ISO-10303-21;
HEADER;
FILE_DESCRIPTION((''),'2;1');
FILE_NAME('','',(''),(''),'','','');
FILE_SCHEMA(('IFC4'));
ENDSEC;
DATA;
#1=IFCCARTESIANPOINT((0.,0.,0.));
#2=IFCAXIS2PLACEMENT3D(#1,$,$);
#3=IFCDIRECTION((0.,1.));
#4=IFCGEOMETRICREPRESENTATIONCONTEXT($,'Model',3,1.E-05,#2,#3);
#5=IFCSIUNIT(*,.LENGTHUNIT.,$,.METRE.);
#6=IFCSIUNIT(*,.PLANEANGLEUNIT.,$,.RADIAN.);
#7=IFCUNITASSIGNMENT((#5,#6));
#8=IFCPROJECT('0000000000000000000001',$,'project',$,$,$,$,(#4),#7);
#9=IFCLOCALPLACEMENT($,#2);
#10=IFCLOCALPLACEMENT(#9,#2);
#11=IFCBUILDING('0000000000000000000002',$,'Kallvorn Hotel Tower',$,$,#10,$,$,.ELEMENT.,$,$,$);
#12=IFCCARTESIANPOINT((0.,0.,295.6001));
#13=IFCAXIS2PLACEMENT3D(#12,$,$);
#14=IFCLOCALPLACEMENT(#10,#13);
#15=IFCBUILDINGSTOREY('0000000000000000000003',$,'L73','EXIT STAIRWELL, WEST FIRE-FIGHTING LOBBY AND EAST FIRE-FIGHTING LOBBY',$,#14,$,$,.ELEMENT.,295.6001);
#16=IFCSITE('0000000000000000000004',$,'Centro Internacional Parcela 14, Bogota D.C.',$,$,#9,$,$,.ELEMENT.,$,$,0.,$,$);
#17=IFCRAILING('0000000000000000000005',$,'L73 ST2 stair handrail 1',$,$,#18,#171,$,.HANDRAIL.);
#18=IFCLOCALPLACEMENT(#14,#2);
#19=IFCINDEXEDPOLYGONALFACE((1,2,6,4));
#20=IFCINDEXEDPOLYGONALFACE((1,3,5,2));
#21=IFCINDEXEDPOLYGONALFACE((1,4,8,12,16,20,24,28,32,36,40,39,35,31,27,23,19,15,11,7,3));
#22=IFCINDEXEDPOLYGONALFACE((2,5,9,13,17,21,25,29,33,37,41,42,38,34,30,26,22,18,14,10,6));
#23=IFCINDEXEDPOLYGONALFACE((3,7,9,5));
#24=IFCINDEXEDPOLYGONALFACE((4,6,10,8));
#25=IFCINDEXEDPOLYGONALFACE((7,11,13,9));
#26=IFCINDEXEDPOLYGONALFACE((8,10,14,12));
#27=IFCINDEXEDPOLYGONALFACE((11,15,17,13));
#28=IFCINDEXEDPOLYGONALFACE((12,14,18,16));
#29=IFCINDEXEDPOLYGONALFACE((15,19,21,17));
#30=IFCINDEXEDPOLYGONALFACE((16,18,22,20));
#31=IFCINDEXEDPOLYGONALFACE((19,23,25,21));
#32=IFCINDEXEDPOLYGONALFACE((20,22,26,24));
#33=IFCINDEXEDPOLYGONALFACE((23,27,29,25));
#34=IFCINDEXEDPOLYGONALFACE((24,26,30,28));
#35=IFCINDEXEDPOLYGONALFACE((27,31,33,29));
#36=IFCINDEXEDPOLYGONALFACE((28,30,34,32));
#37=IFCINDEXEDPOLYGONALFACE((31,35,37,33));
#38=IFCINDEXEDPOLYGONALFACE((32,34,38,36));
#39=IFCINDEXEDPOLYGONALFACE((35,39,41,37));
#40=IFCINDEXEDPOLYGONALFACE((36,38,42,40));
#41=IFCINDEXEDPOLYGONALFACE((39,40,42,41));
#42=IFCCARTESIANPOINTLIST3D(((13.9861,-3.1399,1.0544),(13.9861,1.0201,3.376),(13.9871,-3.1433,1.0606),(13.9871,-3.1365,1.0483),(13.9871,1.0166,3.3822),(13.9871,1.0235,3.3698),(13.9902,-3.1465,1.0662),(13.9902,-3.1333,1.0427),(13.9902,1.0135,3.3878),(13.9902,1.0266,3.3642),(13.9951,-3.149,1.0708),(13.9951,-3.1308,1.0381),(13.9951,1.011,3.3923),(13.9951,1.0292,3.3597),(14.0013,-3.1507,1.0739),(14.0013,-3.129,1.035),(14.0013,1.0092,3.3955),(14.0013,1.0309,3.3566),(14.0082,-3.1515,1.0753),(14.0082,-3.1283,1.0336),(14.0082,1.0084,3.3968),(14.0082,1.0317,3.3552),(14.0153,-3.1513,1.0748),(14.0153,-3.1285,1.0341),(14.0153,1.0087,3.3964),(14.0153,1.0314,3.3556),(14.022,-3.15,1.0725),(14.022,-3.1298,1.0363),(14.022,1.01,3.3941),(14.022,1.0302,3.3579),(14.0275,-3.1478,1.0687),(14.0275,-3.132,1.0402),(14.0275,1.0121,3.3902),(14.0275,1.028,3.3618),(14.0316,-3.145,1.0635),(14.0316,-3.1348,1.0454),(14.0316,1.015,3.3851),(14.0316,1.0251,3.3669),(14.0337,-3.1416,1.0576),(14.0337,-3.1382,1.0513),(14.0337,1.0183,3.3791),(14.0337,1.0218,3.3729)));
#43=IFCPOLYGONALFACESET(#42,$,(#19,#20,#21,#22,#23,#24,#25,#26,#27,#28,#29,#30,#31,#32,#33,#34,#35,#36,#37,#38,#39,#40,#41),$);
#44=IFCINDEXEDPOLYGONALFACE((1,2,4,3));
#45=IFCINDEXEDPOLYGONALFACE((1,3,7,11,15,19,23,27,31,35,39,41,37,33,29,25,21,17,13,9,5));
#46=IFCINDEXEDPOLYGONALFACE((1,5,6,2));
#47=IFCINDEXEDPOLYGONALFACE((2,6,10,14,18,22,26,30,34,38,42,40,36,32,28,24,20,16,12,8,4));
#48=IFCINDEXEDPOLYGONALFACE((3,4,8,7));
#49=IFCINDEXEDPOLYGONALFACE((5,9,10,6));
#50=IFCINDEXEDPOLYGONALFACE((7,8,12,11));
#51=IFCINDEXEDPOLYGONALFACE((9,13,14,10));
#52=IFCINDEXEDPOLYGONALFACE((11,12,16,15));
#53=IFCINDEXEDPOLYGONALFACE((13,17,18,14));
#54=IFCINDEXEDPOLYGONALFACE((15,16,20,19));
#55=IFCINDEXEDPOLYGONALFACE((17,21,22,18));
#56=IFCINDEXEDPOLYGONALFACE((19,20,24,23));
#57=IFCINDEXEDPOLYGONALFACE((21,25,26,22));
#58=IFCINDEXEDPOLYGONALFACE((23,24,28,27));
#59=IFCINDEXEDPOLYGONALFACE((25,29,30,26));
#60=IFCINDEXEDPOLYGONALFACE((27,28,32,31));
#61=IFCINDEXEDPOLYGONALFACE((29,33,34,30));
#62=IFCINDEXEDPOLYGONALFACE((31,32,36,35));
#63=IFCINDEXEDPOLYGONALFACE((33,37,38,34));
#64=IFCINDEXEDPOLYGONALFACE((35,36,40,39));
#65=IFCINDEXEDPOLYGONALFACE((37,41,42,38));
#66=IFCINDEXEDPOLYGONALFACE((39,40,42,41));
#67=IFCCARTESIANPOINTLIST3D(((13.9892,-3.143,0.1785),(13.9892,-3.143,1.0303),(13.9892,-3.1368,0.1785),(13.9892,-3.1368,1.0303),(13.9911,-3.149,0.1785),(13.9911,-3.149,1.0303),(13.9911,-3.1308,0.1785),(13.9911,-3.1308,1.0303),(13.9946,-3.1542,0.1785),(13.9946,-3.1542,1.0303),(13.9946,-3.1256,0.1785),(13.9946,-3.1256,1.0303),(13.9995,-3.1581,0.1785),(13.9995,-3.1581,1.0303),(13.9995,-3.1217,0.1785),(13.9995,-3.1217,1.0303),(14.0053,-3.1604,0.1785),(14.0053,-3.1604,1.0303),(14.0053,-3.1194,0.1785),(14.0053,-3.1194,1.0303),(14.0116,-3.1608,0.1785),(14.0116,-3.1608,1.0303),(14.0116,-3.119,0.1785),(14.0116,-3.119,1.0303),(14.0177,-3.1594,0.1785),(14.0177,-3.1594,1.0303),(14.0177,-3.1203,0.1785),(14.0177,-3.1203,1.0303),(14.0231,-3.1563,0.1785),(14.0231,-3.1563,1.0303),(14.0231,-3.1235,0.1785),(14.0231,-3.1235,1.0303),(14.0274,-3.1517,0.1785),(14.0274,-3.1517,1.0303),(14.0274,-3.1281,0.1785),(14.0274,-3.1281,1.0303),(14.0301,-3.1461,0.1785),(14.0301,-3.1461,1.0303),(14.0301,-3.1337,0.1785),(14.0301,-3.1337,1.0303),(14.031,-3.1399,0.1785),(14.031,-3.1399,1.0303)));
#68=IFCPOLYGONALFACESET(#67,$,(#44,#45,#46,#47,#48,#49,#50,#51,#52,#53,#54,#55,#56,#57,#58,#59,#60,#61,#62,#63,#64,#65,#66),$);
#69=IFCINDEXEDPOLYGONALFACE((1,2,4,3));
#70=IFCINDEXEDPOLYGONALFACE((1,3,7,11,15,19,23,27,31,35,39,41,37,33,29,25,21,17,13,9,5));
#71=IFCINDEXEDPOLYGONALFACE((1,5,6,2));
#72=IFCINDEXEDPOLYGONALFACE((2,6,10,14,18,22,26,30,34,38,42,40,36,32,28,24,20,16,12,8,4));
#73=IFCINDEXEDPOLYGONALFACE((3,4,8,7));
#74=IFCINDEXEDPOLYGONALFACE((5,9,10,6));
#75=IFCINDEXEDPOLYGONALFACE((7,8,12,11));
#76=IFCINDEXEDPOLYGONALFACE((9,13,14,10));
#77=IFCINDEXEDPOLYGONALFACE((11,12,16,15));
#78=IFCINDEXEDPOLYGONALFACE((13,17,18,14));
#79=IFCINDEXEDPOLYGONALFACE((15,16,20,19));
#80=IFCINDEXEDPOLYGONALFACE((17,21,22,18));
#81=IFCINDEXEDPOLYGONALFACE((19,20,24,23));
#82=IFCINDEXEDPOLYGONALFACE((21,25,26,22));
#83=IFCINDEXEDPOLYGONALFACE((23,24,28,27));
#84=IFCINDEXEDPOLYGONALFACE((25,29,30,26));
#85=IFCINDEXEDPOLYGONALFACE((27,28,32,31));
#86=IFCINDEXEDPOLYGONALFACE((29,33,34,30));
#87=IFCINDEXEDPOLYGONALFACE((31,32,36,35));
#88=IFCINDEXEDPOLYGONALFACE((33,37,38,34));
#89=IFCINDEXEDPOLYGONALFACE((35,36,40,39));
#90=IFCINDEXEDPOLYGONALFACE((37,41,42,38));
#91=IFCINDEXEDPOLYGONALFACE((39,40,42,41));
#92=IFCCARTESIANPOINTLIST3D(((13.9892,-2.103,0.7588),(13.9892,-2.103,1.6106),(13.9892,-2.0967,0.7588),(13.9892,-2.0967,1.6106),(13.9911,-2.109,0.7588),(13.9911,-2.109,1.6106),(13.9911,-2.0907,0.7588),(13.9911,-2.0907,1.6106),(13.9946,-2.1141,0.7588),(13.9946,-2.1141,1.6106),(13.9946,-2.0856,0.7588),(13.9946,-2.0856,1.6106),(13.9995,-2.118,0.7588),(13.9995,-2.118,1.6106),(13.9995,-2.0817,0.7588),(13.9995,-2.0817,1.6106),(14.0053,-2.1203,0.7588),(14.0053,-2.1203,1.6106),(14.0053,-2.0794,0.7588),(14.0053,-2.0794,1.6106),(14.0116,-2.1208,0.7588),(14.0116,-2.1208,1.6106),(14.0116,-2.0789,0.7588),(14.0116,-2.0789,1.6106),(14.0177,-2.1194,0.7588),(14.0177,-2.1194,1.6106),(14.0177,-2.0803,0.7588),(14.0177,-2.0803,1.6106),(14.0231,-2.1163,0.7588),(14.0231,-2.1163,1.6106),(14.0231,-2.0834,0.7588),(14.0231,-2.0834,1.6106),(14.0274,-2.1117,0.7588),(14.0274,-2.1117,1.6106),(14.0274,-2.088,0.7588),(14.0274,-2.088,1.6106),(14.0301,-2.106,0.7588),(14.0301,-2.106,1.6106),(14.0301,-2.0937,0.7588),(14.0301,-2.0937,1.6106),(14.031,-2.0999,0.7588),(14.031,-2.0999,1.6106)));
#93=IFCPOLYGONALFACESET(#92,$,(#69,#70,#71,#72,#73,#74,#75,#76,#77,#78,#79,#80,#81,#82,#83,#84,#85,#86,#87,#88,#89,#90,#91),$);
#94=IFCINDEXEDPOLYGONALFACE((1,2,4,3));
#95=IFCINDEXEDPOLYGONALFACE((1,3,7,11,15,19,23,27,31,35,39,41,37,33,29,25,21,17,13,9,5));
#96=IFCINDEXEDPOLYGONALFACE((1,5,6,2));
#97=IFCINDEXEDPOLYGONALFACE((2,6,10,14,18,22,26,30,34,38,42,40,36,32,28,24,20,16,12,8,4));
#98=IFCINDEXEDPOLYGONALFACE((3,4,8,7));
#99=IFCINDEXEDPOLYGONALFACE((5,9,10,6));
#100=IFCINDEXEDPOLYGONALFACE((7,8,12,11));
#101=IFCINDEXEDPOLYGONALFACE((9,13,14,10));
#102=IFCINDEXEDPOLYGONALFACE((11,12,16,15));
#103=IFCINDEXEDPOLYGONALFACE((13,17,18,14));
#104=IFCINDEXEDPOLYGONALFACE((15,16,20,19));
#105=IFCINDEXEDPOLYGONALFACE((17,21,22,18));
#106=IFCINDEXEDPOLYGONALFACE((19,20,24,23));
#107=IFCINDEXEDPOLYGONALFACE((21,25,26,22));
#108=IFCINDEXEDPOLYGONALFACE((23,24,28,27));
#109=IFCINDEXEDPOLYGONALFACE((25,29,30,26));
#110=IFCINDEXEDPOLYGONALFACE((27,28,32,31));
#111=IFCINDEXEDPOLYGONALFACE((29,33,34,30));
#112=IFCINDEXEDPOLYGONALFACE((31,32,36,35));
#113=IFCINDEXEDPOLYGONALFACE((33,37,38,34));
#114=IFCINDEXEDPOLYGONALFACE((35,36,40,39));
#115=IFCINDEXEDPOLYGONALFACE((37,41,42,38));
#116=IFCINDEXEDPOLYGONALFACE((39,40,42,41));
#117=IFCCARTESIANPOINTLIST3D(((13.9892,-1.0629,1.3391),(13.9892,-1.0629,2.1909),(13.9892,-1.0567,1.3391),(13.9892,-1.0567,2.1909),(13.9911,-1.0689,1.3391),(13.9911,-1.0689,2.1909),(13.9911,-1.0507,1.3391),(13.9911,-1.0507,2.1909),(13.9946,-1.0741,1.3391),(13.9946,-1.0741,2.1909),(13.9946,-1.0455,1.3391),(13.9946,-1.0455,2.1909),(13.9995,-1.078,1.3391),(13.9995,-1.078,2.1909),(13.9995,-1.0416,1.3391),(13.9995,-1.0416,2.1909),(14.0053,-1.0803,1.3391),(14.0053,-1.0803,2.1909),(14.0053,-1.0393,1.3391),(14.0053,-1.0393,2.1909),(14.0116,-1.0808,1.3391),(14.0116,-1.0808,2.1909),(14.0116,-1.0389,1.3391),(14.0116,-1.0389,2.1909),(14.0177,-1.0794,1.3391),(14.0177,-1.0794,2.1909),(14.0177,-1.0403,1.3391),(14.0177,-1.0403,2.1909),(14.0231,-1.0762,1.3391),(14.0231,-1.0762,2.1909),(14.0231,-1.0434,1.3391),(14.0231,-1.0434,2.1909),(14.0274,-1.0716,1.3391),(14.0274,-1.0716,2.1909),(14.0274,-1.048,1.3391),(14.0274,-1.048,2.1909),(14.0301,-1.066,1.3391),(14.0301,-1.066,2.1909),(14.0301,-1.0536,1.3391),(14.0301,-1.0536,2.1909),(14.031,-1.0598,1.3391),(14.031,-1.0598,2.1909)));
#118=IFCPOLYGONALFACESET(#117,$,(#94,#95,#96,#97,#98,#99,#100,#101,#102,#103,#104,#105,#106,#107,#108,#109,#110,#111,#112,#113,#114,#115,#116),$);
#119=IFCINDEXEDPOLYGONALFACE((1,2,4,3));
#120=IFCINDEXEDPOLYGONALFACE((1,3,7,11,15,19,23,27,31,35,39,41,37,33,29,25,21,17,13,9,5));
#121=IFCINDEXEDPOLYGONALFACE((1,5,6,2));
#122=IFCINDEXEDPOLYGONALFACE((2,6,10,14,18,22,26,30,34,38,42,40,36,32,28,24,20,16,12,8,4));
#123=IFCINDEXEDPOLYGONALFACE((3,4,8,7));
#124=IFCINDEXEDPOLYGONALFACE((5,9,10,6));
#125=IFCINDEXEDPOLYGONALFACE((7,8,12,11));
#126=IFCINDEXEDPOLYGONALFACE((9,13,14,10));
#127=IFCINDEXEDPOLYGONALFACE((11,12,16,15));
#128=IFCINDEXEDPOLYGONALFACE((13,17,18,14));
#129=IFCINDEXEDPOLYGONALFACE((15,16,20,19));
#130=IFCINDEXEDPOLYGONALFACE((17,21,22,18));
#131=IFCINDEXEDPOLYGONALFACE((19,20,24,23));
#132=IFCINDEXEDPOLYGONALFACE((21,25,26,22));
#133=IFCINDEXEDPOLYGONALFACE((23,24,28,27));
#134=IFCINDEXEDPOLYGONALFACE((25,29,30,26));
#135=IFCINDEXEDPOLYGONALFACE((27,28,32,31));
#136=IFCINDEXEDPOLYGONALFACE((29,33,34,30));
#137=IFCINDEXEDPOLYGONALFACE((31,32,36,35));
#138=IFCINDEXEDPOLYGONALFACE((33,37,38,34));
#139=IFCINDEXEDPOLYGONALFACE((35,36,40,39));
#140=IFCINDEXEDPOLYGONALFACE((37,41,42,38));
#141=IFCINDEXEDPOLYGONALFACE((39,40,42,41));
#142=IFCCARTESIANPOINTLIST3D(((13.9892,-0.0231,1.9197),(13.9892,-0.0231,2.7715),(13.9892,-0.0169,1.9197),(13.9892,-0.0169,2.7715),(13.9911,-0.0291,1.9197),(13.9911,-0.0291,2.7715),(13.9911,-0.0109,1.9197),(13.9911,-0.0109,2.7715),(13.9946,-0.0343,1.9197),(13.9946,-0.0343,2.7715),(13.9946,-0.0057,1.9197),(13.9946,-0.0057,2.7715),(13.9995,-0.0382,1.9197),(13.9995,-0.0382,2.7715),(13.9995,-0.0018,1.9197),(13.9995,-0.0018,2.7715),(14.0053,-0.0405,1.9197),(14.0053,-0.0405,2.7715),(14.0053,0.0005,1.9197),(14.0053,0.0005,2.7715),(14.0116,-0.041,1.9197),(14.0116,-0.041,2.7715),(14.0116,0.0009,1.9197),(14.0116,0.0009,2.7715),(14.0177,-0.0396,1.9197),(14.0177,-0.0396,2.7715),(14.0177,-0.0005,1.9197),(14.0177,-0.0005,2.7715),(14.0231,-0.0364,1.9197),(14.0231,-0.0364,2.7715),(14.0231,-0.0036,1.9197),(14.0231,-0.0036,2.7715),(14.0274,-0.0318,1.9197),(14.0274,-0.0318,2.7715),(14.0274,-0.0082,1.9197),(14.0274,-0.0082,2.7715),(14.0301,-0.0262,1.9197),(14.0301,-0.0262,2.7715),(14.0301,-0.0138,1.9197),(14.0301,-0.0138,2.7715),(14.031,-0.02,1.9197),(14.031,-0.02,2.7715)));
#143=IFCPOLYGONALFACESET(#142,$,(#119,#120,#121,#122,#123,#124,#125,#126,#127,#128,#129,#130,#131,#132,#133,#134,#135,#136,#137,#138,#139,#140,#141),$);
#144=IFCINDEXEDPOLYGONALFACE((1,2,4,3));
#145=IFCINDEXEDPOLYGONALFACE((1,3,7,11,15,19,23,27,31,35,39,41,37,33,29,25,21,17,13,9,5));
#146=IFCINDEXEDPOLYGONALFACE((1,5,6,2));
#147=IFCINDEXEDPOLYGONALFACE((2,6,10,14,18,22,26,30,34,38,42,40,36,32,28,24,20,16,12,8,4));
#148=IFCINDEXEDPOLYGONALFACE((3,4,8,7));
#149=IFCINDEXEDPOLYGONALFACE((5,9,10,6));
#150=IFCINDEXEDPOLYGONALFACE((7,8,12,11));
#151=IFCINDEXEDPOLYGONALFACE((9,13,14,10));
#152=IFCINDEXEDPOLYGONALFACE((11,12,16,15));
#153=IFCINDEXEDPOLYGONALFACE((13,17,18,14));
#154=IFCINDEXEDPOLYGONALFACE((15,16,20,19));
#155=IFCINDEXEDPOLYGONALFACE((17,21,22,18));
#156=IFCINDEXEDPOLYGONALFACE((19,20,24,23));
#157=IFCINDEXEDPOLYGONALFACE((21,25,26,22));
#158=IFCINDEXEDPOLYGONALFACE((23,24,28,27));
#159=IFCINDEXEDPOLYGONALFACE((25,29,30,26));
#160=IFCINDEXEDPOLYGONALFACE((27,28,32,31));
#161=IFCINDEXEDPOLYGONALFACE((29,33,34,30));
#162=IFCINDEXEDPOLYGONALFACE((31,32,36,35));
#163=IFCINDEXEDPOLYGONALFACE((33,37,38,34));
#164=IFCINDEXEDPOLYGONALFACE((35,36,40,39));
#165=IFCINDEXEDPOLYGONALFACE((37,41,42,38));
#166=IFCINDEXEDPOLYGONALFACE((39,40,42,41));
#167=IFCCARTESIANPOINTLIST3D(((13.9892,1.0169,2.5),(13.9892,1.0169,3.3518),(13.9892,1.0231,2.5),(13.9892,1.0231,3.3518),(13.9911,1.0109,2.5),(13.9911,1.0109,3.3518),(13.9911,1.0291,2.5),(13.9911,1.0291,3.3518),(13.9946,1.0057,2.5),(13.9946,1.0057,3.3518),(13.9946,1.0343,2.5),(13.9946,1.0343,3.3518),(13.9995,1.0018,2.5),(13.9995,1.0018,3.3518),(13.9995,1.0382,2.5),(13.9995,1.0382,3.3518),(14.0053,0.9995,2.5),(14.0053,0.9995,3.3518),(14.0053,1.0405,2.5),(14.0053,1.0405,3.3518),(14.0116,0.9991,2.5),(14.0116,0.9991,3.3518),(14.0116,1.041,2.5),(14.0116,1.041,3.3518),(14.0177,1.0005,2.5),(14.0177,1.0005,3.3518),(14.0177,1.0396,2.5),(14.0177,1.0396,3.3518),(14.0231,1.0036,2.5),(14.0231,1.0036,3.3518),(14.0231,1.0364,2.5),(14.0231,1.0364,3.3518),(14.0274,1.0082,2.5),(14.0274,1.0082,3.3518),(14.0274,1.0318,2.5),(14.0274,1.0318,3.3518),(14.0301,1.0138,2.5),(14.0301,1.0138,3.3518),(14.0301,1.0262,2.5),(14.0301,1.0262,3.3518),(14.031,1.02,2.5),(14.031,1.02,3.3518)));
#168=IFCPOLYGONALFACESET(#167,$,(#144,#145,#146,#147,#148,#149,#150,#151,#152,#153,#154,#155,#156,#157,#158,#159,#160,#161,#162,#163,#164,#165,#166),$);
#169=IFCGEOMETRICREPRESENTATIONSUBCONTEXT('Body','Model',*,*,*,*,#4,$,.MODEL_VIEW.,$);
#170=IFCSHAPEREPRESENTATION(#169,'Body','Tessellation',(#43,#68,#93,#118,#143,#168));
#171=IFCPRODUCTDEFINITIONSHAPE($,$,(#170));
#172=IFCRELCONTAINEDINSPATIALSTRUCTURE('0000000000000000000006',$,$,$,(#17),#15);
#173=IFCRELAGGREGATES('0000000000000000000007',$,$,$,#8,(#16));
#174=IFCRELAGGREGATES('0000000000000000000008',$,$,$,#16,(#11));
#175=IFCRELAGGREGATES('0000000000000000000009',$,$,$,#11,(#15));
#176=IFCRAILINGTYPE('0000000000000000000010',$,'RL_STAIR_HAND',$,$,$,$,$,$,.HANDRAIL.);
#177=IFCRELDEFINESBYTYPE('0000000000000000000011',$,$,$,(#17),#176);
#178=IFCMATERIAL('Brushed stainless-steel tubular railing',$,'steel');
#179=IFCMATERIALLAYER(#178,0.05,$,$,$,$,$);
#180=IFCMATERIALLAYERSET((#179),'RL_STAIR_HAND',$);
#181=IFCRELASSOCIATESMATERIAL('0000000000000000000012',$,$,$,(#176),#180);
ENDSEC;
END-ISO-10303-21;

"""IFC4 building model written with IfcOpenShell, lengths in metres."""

from ifc_helpers import new_model, si_unit, direction, frame, origin, origin_2d, place, context, subcontext, project, spatial, circle, extrude, material, layer, layer_set, type_object, element, save


model = new_model("IFC4")

# Units and contexts
model_context = context("Model", 3, precision=1e-05, world=origin(), true_north=direction((0.0, 1.0)))
body_context = subcontext(model_context, "Body", "Model", "MODEL_VIEW")
ifc_project = project(units=[si_unit("LENGTHUNIT", "METRE"), si_unit("PLANEANGLEUNIT", "RADIAN")], contexts=[model_context])

# Site, building, storey
site_placement = place(None, origin())
site = spatial("IfcSite", under=ifc_project, at=site_placement, Name="Centro Internacional Parcela 14, Bogota D.C.", CompositionType="ELEMENT", RefElevation=0.0)
building_placement = place(site_placement, origin())
building = spatial("IfcBuilding", under=site, at=building_placement, Name="Kallvorn Hotel Tower", CompositionType="ELEMENT")
storey_placement = place(building_placement, frame((0.0, 0.0, 295.6001)))
storey = spatial("IfcBuildingStorey", under=building, at=storey_placement, Name="L73", Description="EXIT STAIRWELL, WEST FIRE-FIGHTING LOBBY AND EAST FIRE-FIGHTING LOBBY", CompositionType="ELEMENT", Elevation=295.6001)

# Railing
ifc_material_1 = material(Name="Brushed stainless-steel tubular railing", Category="steel")
ifc_layer_1 = layer(ifc_material_1, 0.05)
ifc_layer_set_1 = layer_set([ifc_layer_1], Name="RL_STAIR_HAND")
railing_type_1 = type_object("IfcRailingType", Name="RL_STAIR_HAND", PredefinedType="HANDRAIL", material=ifc_layer_set_1)
railing_1_placement = place(storey_placement, frame((14.01, -3.1399, 0.1785)))
element("IfcRailing", 1, at=railing_1_placement, inside=storey, type_object=railing_type_1, Name="L73 ST2 stair handrail 1", PredefinedType="HANDRAIL", context=body_context, shape_type="SweptSolid", body=[
    extrude(circle(Radius=0.0239, at=origin_2d()), frame((0.0, 0.0, 0.876), z_axis=(0.0, 0.873223, 0.487322), x_axis=(-1.0, 0.0, 0.0)), (0.0, 0.0, 1.0), 4.7639),
    extrude(circle(Radius=0.021, at=origin_2d()), origin(), (0.0, 0.0, 1.0), 0.8518),
    extrude(circle(Radius=0.021, at=origin_2d()), frame((0.0, 1.04, 0.5803)), (0.0, 0.0, 1.0), 0.8518),
    extrude(circle(Radius=0.021, at=origin_2d()), frame((0.0, 2.0801, 1.1606)), (0.0, 0.0, 1.0), 0.8518),
    extrude(circle(Radius=0.021, at=origin_2d()), frame((0.0, 3.1199, 1.7412)), (0.0, 0.0, 1.0), 0.8518),
    extrude(circle(Radius=0.021, at=origin_2d()), frame((0.0, 4.1599, 2.3215)), (0.0, 0.0, 1.0), 0.8518),
])

save(model, "model.ifc")
